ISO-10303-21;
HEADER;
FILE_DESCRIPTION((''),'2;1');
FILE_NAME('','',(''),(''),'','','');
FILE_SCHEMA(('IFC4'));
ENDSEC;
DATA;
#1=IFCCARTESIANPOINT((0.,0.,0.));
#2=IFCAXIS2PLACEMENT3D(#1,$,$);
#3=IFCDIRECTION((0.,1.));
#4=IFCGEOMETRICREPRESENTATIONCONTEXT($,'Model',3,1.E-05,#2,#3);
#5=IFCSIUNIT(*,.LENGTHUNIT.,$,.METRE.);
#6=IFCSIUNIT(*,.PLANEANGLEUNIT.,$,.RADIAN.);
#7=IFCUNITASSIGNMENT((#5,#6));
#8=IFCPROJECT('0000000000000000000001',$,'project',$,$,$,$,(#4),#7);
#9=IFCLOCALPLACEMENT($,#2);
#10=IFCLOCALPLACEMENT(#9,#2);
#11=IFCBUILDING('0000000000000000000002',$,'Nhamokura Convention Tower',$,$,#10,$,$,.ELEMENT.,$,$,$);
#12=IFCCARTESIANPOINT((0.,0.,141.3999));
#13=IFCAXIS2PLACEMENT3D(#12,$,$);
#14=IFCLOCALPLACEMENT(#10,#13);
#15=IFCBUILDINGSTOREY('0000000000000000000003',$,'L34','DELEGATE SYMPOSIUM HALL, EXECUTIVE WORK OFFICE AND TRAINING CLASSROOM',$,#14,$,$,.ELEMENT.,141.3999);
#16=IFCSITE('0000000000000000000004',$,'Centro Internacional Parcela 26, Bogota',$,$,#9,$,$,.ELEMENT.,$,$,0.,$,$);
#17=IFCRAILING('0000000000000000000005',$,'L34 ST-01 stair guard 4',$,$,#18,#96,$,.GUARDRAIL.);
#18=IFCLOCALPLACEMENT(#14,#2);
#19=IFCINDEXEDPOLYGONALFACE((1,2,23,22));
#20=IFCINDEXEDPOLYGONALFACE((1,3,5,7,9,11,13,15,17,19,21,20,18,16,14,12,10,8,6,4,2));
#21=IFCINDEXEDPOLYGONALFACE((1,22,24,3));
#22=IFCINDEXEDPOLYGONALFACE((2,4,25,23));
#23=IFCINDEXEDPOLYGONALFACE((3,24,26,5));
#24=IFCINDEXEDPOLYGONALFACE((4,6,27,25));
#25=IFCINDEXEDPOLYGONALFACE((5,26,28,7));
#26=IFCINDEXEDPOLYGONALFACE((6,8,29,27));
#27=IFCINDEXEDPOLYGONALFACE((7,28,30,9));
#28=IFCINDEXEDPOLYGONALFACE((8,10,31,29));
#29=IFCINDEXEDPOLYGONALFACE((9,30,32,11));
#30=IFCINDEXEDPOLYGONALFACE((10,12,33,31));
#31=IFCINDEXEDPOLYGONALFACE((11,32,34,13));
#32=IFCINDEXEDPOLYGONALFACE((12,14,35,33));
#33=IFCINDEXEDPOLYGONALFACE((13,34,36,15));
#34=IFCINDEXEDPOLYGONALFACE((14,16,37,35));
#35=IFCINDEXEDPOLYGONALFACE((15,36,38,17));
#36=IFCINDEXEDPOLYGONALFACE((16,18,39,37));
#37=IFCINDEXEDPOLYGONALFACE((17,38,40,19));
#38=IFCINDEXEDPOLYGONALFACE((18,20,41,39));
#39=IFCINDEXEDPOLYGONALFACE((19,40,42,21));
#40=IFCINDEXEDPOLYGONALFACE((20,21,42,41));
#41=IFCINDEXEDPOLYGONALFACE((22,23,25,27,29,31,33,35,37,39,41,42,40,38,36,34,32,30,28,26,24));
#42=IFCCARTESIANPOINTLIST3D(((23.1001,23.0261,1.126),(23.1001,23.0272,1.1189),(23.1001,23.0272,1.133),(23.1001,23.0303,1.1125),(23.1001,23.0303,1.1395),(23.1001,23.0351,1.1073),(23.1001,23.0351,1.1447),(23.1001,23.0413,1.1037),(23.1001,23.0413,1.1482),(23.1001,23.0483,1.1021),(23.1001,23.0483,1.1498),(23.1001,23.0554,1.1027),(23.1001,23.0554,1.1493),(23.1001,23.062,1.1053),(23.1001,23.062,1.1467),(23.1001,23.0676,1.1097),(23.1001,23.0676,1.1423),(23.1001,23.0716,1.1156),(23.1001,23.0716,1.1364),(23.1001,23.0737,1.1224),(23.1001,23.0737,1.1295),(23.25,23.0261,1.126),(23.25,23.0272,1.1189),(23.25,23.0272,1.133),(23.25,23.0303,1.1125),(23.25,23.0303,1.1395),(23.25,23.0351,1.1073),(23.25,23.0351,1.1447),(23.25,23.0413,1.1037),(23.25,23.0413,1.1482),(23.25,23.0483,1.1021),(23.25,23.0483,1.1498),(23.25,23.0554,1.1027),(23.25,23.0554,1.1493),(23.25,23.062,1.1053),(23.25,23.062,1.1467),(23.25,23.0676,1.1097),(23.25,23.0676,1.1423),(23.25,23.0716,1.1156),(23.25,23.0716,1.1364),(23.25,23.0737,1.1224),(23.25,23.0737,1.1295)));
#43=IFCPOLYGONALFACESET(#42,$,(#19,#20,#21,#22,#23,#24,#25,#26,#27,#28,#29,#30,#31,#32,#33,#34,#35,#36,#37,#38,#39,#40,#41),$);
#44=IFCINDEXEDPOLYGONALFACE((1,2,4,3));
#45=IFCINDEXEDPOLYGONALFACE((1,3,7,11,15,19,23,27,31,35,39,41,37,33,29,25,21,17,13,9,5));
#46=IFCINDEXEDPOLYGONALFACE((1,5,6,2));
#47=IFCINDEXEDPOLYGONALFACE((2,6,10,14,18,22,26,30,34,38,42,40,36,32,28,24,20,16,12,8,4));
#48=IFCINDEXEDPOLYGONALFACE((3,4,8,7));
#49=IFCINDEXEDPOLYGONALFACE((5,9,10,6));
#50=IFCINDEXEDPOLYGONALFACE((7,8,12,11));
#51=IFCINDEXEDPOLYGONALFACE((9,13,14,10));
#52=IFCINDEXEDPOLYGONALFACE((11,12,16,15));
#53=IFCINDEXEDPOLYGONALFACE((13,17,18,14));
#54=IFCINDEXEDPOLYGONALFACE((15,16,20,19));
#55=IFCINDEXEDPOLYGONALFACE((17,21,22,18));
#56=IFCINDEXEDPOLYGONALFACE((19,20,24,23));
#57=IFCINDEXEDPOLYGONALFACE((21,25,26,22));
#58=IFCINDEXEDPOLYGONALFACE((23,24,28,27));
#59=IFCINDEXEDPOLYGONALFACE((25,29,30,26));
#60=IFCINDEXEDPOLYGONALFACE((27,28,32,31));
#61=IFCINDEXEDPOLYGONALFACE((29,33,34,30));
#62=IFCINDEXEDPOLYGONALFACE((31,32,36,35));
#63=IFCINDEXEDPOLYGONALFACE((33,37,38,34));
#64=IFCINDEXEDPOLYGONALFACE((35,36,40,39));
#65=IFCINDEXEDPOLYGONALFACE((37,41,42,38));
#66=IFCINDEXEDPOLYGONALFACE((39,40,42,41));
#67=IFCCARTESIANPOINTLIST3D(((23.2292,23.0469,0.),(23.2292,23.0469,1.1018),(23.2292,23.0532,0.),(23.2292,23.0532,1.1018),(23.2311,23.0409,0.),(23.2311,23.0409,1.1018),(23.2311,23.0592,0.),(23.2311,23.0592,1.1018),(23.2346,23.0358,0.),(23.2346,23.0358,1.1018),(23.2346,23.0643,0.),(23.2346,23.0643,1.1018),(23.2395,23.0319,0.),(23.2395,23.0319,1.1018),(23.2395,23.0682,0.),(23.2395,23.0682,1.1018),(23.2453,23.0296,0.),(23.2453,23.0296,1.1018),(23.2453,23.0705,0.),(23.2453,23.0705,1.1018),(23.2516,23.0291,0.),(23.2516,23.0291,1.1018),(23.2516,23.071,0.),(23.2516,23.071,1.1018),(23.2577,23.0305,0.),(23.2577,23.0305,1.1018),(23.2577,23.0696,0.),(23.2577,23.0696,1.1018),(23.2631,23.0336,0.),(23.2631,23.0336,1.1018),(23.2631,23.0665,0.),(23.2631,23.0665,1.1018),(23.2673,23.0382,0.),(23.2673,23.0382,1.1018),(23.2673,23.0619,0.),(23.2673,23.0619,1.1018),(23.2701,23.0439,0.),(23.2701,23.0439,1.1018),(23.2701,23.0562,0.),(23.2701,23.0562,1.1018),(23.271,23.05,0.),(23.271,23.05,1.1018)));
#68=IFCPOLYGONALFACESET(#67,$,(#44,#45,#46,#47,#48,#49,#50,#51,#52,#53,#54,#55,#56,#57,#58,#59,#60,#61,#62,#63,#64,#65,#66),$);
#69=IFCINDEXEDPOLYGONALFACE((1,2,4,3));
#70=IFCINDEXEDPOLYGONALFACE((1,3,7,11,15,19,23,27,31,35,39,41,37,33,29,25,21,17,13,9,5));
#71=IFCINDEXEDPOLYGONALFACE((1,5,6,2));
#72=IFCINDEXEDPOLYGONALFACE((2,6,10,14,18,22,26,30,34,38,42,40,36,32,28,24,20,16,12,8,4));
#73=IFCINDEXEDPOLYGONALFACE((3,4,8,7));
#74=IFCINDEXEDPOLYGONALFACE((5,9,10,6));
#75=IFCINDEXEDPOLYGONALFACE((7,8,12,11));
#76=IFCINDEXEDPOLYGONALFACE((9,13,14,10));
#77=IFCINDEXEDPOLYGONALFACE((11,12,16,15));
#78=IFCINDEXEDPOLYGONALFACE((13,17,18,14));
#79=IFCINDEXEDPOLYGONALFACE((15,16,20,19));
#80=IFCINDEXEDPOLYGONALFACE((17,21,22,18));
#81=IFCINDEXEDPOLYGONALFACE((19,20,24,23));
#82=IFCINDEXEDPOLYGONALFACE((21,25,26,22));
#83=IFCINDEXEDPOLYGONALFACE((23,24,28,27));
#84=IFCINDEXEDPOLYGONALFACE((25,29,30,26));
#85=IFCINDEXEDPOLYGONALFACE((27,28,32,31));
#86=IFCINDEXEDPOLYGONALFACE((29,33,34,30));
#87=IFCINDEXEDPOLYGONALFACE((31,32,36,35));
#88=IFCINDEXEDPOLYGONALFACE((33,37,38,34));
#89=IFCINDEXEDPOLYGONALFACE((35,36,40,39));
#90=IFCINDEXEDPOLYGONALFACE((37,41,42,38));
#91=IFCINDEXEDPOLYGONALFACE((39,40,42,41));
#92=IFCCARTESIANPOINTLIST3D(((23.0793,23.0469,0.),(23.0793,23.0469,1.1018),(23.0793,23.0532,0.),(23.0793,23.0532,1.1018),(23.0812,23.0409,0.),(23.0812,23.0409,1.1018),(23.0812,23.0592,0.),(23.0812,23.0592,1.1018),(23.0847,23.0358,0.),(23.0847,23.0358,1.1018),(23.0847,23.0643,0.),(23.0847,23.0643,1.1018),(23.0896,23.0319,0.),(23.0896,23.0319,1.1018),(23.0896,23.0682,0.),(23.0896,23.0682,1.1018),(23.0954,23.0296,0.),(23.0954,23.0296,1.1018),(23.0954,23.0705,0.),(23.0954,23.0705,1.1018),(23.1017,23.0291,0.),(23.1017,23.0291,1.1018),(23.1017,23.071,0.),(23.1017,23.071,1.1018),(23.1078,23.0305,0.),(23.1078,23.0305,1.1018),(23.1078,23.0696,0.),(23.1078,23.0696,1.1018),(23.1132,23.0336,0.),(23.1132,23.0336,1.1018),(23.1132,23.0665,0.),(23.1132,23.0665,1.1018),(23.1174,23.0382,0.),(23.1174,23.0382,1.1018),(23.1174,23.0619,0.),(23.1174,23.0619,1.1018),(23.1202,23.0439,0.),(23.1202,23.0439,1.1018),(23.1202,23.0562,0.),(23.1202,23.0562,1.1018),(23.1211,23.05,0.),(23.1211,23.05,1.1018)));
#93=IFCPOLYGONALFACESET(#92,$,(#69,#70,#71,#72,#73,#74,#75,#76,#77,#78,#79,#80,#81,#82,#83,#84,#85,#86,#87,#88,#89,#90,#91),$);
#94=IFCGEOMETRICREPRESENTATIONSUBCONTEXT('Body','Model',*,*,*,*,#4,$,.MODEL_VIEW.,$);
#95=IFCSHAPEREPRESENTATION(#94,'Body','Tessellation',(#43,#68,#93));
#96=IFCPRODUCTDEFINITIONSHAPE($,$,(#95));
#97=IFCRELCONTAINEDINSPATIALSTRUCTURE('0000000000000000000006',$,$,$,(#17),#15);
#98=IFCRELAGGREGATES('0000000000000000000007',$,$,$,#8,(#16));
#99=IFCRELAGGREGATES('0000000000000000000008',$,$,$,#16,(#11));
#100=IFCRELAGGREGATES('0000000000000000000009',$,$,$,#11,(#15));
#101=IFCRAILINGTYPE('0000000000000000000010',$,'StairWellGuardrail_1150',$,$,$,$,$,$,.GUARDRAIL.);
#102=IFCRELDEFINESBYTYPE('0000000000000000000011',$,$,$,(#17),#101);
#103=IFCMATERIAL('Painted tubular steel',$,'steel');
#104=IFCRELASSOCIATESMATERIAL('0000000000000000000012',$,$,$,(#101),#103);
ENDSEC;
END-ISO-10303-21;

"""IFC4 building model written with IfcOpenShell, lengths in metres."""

from ifc_helpers import new_model, si_unit, direction, frame, origin, origin_2d, place, context, subcontext, project, spatial, circle, extrude, material, type_object, element, save


model = new_model("IFC4")

# Units and contexts
model_context = context("Model", 3, precision=1e-05, world=origin(), true_north=direction((0.0, 1.0)))
body_context = subcontext(model_context, "Body", "Model", "MODEL_VIEW")
ifc_project = project(units=[si_unit("LENGTHUNIT", "METRE"), si_unit("PLANEANGLEUNIT", "RADIAN")], contexts=[model_context])

# Site, building, storey
site_placement = place(None, origin())
site = spatial("IfcSite", under=ifc_project, at=site_placement, Name="Centro Internacional Parcela 26, Bogota", CompositionType="ELEMENT", RefElevation=0.0)
building_placement = place(site_placement, origin())
building = spatial("IfcBuilding", under=site, at=building_placement, Name="Nhamokura Convention Tower", CompositionType="ELEMENT")
storey_placement = place(building_placement, frame((0.0, 0.0, 141.3999)))
storey = spatial("IfcBuildingStorey", under=building, at=storey_placement, Name="L34", Description="DELEGATE SYMPOSIUM HALL, EXECUTIVE WORK OFFICE AND TRAINING CLASSROOM", CompositionType="ELEMENT", Elevation=141.3999)

# Railing
ifc_material_1 = material(Name="Painted tubular steel", Category="steel")
railing_type_1 = type_object("IfcRailingType", Name="StairWellGuardrail_1150", PredefinedType="GUARDRAIL", material=ifc_material_1)
railing_1_placement = place(storey_placement, frame((23.25, 23.05, 0.0)))
element("IfcRailing", 1, at=railing_1_placement, inside=storey, type_object=railing_type_1, Name="L34 ST-01 stair guard 4", PredefinedType="GUARDRAIL", context=body_context, shape_type="SweptSolid", body=[
    extrude(circle(Radius=0.0239, at=origin_2d()), frame((0.0, 0.0, 1.126), z_axis=(-1.0, 0.0, 0.0), x_axis=(0.0, -1.0, 0.0)), (0.0, 0.0, 1.0), 0.1499),
    extrude(circle(Radius=0.021, at=origin_2d()), origin(), (0.0, 0.0, 1.0), 1.1018),
    extrude(circle(Radius=0.021, at=origin_2d()), frame((-0.1499, 0.0, 0.0)), (0.0, 0.0, 1.0), 1.1018),
])

save(model, "model.ifc")
